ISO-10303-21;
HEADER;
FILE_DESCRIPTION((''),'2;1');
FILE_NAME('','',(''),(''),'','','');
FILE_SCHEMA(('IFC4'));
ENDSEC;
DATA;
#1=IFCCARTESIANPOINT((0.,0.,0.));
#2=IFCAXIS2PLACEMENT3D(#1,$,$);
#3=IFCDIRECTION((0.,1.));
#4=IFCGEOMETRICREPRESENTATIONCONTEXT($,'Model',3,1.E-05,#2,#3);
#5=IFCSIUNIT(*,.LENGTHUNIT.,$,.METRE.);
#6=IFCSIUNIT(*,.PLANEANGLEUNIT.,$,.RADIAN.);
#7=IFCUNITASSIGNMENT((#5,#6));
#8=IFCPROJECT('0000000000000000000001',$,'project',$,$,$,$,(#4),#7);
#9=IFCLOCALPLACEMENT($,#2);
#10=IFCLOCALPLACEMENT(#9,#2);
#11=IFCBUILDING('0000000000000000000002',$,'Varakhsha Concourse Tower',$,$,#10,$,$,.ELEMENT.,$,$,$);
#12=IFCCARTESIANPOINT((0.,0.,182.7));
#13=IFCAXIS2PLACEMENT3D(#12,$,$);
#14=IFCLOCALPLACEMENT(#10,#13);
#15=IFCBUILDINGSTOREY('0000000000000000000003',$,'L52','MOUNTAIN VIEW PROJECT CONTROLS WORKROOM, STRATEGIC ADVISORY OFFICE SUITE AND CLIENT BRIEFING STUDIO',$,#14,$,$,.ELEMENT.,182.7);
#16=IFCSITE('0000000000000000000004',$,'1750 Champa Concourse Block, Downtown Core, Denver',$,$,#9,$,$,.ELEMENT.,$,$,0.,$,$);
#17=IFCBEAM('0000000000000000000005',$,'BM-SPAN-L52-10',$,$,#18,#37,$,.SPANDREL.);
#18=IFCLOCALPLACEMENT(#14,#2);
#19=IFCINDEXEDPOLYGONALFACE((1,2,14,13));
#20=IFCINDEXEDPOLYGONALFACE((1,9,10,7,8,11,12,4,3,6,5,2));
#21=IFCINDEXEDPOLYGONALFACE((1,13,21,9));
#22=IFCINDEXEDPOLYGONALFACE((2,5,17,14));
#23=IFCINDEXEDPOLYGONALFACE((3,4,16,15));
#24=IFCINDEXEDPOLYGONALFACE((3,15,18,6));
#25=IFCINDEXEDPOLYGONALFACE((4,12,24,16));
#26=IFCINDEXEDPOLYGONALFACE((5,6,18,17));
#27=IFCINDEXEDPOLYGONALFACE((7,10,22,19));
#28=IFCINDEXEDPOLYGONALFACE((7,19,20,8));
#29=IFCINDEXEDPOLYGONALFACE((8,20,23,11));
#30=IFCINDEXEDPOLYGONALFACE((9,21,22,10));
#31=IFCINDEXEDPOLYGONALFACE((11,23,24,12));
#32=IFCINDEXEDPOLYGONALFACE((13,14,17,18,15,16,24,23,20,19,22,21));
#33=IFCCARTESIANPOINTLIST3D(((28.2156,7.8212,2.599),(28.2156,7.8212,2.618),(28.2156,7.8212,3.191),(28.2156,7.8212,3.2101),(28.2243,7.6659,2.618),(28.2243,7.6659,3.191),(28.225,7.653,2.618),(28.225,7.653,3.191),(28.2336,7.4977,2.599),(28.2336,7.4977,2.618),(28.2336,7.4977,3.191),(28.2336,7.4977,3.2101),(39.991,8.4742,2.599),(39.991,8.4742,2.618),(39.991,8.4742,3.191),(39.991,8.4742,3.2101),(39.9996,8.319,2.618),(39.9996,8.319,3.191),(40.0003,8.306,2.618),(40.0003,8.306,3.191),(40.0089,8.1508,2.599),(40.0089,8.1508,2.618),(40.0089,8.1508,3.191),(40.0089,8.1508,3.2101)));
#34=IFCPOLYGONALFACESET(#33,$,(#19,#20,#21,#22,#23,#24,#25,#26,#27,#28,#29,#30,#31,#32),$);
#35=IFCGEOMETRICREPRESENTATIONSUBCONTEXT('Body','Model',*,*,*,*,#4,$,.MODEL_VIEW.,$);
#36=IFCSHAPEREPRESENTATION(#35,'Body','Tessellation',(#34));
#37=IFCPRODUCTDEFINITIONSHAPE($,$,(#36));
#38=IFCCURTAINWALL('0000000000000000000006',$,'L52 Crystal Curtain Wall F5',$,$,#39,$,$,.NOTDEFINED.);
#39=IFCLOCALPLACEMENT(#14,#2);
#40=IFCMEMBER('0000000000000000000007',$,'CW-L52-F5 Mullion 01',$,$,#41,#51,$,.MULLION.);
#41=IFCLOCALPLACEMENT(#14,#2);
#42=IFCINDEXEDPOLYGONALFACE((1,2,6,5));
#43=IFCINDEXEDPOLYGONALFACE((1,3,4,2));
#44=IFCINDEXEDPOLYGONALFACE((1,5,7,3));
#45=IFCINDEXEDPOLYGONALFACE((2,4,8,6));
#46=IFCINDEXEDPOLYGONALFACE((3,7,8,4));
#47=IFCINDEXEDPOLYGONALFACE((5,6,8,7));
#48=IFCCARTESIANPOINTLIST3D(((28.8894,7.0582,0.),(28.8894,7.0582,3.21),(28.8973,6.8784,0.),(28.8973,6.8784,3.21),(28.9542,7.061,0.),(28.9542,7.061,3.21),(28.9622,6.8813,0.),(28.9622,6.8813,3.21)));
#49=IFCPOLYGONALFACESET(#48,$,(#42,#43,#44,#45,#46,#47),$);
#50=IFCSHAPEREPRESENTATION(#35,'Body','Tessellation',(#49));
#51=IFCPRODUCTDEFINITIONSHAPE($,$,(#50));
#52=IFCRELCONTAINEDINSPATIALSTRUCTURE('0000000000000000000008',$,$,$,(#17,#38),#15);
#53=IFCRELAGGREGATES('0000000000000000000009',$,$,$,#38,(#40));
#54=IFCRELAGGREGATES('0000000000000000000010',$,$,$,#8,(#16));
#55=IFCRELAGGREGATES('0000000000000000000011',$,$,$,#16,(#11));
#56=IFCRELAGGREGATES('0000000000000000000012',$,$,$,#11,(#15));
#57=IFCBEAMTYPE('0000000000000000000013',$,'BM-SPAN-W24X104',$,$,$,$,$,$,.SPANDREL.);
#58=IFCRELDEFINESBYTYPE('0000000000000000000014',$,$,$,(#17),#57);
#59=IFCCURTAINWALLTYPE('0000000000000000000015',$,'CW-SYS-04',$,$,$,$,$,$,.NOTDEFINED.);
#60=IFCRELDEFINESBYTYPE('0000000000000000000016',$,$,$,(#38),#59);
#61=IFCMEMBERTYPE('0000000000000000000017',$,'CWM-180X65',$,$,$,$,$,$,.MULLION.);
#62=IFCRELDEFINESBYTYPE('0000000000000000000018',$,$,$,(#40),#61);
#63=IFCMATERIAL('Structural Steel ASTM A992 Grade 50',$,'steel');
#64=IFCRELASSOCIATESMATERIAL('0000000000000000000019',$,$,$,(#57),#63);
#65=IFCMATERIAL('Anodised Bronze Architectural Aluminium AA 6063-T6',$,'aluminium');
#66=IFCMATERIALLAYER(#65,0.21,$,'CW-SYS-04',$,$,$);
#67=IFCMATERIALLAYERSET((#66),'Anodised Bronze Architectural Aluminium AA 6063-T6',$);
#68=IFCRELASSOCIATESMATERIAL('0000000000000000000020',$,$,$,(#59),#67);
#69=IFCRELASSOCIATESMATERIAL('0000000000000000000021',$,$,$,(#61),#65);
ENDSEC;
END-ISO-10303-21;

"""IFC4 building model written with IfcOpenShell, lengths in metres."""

from ifc_helpers import new_model, si_unit, direction, frame, origin, origin_2d, place, context, subcontext, project, spatial, rectangle, i_section, extrude, source, transform, mapped, material, layer, layer_set, material_profile, profile_set, type_object, type_shapes, element, aggregate, save


model = new_model("IFC4")

# Units and contexts
model_context = context("Model", 3, precision=1e-05, world=origin(), true_north=direction((0.0, 1.0)))
body_context = subcontext(model_context, "Body", "Model", "MODEL_VIEW")
ifc_project = project(units=[si_unit("LENGTHUNIT", "METRE"), si_unit("PLANEANGLEUNIT", "RADIAN")], contexts=[model_context])

# Site, building, storey
site_placement = place(None, origin())
site = spatial("IfcSite", under=ifc_project, at=site_placement, Name="1750 Champa Concourse Block, Downtown Core, Denver", CompositionType="ELEMENT", RefElevation=0.0)
building_placement = place(site_placement, origin())
building = spatial("IfcBuilding", under=site, at=building_placement, Name="Varakhsha Concourse Tower", CompositionType="ELEMENT")
storey_placement = place(building_placement, frame((0.0, 0.0, 182.7)))
storey = spatial("IfcBuildingStorey", under=building, at=storey_placement, Name="L52", Description="MOUNTAIN VIEW PROJECT CONTROLS WORKROOM, STRATEGIC ADVISORY OFFICE SUITE AND CLIENT BRIEFING STUDIO", CompositionType="ELEMENT", Elevation=182.7)

# Shared definitions
ifc_material_1 = material(Name="Structural Steel ASTM A992 Grade 50", Category="steel")

# Beam
ifc_material_profile_1 = material_profile(ifc_material_1, i_section(OverallWidth=0.324, OverallDepth=0.6111, WebThickness=0.0129, FlangeThickness=0.019, at=origin_2d()), Name="W24X104")
ifc_profile_set_1 = profile_set([ifc_material_profile_1], Name="Structural Steel ASTM A992 Grade 50")
beam_type_1 = type_object("IfcBeamType", Name="BM-SPAN-W24X104", PredefinedType="SPANDREL", material=ifc_profile_set_1)
beam_1_placement = place(storey_placement, frame((28.2246, 7.6594, 2.9045), z_axis=(0.998466, 0.055376, 0.0), x_axis=(-0.055376, 0.998466, 0.0)))
element("IfcBeam", 1, at=beam_1_placement, inside=storey, type_object=beam_type_1, Name="BM-SPAN-L52-10", PredefinedType="SPANDREL", context=body_context, shape_type="SweptSolid", body=[
    extrude(i_section(OverallWidth=0.324, OverallDepth=0.6111, WebThickness=0.0129, FlangeThickness=0.019, at=origin_2d()), origin(), (0.0, 0.0, 1.0), 11.7935),
])

# Curtain wall, member
ifc_material_2 = material(Name="Anodised Bronze Architectural Aluminium AA 6063-T6", Category="aluminium")
ifc_layer_1 = layer(ifc_material_2, 0.21, Name="CW-SYS-04")
ifc_layer_set_1 = layer_set([ifc_layer_1], Name="Anodised Bronze Architectural Aluminium AA 6063-T6")
curtain_wall_type = type_object("IfcCurtainWallType", Name="CW-SYS-04", PredefinedType="NOTDEFINED", material=ifc_layer_set_1)
curtain_wall_placement = place(storey_placement, origin())
curtain_wall = element("IfcCurtainWall", 2, at=curtain_wall_placement, inside=storey, type_object=curtain_wall_type, Name="L52 Crystal Curtain Wall F5", PredefinedType="NOTDEFINED")
ifc_material_profile_2 = material_profile(ifc_material_2, rectangle(XDim=0.0649, YDim=0.1799, at=origin_2d()), Name="CWM-180X65")
ifc_profile_set_2 = profile_set([ifc_material_profile_2], Name="Anodised Bronze Architectural Aluminium AA 6063-T6")
member_type = type_object("IfcMemberType", Name="CWM-180X65", PredefinedType="MULLION", material=ifc_profile_set_2)
shared_shape = source(origin(), body_context, "Body", "SweptSolid", [
    extrude(rectangle(XDim=0.0649, YDim=0.1799, at=origin_2d()), origin(), (0.0, 0.0, 1.0), 3.21),
])
type_shapes(member_type, [shared_shape])
member_placement = place(storey_placement, frame((28.9258, 6.9697, 0.0), z_axis=(0.0, 0.0, 1.0), x_axis=(-0.999019, -0.044285, 0.0)))
member = element("IfcMember", 3, at=member_placement, type_object=member_type, Name="CW-L52-F5 Mullion 01", PredefinedType="MULLION", context=body_context, shape_type="MappedRepresentation", body=[
    mapped(shared_shape, transform((0.0, 0.0, 0.0), scale=1.0)),
])
aggregate(curtain_wall, [member])

save(model, "model.ifc")
